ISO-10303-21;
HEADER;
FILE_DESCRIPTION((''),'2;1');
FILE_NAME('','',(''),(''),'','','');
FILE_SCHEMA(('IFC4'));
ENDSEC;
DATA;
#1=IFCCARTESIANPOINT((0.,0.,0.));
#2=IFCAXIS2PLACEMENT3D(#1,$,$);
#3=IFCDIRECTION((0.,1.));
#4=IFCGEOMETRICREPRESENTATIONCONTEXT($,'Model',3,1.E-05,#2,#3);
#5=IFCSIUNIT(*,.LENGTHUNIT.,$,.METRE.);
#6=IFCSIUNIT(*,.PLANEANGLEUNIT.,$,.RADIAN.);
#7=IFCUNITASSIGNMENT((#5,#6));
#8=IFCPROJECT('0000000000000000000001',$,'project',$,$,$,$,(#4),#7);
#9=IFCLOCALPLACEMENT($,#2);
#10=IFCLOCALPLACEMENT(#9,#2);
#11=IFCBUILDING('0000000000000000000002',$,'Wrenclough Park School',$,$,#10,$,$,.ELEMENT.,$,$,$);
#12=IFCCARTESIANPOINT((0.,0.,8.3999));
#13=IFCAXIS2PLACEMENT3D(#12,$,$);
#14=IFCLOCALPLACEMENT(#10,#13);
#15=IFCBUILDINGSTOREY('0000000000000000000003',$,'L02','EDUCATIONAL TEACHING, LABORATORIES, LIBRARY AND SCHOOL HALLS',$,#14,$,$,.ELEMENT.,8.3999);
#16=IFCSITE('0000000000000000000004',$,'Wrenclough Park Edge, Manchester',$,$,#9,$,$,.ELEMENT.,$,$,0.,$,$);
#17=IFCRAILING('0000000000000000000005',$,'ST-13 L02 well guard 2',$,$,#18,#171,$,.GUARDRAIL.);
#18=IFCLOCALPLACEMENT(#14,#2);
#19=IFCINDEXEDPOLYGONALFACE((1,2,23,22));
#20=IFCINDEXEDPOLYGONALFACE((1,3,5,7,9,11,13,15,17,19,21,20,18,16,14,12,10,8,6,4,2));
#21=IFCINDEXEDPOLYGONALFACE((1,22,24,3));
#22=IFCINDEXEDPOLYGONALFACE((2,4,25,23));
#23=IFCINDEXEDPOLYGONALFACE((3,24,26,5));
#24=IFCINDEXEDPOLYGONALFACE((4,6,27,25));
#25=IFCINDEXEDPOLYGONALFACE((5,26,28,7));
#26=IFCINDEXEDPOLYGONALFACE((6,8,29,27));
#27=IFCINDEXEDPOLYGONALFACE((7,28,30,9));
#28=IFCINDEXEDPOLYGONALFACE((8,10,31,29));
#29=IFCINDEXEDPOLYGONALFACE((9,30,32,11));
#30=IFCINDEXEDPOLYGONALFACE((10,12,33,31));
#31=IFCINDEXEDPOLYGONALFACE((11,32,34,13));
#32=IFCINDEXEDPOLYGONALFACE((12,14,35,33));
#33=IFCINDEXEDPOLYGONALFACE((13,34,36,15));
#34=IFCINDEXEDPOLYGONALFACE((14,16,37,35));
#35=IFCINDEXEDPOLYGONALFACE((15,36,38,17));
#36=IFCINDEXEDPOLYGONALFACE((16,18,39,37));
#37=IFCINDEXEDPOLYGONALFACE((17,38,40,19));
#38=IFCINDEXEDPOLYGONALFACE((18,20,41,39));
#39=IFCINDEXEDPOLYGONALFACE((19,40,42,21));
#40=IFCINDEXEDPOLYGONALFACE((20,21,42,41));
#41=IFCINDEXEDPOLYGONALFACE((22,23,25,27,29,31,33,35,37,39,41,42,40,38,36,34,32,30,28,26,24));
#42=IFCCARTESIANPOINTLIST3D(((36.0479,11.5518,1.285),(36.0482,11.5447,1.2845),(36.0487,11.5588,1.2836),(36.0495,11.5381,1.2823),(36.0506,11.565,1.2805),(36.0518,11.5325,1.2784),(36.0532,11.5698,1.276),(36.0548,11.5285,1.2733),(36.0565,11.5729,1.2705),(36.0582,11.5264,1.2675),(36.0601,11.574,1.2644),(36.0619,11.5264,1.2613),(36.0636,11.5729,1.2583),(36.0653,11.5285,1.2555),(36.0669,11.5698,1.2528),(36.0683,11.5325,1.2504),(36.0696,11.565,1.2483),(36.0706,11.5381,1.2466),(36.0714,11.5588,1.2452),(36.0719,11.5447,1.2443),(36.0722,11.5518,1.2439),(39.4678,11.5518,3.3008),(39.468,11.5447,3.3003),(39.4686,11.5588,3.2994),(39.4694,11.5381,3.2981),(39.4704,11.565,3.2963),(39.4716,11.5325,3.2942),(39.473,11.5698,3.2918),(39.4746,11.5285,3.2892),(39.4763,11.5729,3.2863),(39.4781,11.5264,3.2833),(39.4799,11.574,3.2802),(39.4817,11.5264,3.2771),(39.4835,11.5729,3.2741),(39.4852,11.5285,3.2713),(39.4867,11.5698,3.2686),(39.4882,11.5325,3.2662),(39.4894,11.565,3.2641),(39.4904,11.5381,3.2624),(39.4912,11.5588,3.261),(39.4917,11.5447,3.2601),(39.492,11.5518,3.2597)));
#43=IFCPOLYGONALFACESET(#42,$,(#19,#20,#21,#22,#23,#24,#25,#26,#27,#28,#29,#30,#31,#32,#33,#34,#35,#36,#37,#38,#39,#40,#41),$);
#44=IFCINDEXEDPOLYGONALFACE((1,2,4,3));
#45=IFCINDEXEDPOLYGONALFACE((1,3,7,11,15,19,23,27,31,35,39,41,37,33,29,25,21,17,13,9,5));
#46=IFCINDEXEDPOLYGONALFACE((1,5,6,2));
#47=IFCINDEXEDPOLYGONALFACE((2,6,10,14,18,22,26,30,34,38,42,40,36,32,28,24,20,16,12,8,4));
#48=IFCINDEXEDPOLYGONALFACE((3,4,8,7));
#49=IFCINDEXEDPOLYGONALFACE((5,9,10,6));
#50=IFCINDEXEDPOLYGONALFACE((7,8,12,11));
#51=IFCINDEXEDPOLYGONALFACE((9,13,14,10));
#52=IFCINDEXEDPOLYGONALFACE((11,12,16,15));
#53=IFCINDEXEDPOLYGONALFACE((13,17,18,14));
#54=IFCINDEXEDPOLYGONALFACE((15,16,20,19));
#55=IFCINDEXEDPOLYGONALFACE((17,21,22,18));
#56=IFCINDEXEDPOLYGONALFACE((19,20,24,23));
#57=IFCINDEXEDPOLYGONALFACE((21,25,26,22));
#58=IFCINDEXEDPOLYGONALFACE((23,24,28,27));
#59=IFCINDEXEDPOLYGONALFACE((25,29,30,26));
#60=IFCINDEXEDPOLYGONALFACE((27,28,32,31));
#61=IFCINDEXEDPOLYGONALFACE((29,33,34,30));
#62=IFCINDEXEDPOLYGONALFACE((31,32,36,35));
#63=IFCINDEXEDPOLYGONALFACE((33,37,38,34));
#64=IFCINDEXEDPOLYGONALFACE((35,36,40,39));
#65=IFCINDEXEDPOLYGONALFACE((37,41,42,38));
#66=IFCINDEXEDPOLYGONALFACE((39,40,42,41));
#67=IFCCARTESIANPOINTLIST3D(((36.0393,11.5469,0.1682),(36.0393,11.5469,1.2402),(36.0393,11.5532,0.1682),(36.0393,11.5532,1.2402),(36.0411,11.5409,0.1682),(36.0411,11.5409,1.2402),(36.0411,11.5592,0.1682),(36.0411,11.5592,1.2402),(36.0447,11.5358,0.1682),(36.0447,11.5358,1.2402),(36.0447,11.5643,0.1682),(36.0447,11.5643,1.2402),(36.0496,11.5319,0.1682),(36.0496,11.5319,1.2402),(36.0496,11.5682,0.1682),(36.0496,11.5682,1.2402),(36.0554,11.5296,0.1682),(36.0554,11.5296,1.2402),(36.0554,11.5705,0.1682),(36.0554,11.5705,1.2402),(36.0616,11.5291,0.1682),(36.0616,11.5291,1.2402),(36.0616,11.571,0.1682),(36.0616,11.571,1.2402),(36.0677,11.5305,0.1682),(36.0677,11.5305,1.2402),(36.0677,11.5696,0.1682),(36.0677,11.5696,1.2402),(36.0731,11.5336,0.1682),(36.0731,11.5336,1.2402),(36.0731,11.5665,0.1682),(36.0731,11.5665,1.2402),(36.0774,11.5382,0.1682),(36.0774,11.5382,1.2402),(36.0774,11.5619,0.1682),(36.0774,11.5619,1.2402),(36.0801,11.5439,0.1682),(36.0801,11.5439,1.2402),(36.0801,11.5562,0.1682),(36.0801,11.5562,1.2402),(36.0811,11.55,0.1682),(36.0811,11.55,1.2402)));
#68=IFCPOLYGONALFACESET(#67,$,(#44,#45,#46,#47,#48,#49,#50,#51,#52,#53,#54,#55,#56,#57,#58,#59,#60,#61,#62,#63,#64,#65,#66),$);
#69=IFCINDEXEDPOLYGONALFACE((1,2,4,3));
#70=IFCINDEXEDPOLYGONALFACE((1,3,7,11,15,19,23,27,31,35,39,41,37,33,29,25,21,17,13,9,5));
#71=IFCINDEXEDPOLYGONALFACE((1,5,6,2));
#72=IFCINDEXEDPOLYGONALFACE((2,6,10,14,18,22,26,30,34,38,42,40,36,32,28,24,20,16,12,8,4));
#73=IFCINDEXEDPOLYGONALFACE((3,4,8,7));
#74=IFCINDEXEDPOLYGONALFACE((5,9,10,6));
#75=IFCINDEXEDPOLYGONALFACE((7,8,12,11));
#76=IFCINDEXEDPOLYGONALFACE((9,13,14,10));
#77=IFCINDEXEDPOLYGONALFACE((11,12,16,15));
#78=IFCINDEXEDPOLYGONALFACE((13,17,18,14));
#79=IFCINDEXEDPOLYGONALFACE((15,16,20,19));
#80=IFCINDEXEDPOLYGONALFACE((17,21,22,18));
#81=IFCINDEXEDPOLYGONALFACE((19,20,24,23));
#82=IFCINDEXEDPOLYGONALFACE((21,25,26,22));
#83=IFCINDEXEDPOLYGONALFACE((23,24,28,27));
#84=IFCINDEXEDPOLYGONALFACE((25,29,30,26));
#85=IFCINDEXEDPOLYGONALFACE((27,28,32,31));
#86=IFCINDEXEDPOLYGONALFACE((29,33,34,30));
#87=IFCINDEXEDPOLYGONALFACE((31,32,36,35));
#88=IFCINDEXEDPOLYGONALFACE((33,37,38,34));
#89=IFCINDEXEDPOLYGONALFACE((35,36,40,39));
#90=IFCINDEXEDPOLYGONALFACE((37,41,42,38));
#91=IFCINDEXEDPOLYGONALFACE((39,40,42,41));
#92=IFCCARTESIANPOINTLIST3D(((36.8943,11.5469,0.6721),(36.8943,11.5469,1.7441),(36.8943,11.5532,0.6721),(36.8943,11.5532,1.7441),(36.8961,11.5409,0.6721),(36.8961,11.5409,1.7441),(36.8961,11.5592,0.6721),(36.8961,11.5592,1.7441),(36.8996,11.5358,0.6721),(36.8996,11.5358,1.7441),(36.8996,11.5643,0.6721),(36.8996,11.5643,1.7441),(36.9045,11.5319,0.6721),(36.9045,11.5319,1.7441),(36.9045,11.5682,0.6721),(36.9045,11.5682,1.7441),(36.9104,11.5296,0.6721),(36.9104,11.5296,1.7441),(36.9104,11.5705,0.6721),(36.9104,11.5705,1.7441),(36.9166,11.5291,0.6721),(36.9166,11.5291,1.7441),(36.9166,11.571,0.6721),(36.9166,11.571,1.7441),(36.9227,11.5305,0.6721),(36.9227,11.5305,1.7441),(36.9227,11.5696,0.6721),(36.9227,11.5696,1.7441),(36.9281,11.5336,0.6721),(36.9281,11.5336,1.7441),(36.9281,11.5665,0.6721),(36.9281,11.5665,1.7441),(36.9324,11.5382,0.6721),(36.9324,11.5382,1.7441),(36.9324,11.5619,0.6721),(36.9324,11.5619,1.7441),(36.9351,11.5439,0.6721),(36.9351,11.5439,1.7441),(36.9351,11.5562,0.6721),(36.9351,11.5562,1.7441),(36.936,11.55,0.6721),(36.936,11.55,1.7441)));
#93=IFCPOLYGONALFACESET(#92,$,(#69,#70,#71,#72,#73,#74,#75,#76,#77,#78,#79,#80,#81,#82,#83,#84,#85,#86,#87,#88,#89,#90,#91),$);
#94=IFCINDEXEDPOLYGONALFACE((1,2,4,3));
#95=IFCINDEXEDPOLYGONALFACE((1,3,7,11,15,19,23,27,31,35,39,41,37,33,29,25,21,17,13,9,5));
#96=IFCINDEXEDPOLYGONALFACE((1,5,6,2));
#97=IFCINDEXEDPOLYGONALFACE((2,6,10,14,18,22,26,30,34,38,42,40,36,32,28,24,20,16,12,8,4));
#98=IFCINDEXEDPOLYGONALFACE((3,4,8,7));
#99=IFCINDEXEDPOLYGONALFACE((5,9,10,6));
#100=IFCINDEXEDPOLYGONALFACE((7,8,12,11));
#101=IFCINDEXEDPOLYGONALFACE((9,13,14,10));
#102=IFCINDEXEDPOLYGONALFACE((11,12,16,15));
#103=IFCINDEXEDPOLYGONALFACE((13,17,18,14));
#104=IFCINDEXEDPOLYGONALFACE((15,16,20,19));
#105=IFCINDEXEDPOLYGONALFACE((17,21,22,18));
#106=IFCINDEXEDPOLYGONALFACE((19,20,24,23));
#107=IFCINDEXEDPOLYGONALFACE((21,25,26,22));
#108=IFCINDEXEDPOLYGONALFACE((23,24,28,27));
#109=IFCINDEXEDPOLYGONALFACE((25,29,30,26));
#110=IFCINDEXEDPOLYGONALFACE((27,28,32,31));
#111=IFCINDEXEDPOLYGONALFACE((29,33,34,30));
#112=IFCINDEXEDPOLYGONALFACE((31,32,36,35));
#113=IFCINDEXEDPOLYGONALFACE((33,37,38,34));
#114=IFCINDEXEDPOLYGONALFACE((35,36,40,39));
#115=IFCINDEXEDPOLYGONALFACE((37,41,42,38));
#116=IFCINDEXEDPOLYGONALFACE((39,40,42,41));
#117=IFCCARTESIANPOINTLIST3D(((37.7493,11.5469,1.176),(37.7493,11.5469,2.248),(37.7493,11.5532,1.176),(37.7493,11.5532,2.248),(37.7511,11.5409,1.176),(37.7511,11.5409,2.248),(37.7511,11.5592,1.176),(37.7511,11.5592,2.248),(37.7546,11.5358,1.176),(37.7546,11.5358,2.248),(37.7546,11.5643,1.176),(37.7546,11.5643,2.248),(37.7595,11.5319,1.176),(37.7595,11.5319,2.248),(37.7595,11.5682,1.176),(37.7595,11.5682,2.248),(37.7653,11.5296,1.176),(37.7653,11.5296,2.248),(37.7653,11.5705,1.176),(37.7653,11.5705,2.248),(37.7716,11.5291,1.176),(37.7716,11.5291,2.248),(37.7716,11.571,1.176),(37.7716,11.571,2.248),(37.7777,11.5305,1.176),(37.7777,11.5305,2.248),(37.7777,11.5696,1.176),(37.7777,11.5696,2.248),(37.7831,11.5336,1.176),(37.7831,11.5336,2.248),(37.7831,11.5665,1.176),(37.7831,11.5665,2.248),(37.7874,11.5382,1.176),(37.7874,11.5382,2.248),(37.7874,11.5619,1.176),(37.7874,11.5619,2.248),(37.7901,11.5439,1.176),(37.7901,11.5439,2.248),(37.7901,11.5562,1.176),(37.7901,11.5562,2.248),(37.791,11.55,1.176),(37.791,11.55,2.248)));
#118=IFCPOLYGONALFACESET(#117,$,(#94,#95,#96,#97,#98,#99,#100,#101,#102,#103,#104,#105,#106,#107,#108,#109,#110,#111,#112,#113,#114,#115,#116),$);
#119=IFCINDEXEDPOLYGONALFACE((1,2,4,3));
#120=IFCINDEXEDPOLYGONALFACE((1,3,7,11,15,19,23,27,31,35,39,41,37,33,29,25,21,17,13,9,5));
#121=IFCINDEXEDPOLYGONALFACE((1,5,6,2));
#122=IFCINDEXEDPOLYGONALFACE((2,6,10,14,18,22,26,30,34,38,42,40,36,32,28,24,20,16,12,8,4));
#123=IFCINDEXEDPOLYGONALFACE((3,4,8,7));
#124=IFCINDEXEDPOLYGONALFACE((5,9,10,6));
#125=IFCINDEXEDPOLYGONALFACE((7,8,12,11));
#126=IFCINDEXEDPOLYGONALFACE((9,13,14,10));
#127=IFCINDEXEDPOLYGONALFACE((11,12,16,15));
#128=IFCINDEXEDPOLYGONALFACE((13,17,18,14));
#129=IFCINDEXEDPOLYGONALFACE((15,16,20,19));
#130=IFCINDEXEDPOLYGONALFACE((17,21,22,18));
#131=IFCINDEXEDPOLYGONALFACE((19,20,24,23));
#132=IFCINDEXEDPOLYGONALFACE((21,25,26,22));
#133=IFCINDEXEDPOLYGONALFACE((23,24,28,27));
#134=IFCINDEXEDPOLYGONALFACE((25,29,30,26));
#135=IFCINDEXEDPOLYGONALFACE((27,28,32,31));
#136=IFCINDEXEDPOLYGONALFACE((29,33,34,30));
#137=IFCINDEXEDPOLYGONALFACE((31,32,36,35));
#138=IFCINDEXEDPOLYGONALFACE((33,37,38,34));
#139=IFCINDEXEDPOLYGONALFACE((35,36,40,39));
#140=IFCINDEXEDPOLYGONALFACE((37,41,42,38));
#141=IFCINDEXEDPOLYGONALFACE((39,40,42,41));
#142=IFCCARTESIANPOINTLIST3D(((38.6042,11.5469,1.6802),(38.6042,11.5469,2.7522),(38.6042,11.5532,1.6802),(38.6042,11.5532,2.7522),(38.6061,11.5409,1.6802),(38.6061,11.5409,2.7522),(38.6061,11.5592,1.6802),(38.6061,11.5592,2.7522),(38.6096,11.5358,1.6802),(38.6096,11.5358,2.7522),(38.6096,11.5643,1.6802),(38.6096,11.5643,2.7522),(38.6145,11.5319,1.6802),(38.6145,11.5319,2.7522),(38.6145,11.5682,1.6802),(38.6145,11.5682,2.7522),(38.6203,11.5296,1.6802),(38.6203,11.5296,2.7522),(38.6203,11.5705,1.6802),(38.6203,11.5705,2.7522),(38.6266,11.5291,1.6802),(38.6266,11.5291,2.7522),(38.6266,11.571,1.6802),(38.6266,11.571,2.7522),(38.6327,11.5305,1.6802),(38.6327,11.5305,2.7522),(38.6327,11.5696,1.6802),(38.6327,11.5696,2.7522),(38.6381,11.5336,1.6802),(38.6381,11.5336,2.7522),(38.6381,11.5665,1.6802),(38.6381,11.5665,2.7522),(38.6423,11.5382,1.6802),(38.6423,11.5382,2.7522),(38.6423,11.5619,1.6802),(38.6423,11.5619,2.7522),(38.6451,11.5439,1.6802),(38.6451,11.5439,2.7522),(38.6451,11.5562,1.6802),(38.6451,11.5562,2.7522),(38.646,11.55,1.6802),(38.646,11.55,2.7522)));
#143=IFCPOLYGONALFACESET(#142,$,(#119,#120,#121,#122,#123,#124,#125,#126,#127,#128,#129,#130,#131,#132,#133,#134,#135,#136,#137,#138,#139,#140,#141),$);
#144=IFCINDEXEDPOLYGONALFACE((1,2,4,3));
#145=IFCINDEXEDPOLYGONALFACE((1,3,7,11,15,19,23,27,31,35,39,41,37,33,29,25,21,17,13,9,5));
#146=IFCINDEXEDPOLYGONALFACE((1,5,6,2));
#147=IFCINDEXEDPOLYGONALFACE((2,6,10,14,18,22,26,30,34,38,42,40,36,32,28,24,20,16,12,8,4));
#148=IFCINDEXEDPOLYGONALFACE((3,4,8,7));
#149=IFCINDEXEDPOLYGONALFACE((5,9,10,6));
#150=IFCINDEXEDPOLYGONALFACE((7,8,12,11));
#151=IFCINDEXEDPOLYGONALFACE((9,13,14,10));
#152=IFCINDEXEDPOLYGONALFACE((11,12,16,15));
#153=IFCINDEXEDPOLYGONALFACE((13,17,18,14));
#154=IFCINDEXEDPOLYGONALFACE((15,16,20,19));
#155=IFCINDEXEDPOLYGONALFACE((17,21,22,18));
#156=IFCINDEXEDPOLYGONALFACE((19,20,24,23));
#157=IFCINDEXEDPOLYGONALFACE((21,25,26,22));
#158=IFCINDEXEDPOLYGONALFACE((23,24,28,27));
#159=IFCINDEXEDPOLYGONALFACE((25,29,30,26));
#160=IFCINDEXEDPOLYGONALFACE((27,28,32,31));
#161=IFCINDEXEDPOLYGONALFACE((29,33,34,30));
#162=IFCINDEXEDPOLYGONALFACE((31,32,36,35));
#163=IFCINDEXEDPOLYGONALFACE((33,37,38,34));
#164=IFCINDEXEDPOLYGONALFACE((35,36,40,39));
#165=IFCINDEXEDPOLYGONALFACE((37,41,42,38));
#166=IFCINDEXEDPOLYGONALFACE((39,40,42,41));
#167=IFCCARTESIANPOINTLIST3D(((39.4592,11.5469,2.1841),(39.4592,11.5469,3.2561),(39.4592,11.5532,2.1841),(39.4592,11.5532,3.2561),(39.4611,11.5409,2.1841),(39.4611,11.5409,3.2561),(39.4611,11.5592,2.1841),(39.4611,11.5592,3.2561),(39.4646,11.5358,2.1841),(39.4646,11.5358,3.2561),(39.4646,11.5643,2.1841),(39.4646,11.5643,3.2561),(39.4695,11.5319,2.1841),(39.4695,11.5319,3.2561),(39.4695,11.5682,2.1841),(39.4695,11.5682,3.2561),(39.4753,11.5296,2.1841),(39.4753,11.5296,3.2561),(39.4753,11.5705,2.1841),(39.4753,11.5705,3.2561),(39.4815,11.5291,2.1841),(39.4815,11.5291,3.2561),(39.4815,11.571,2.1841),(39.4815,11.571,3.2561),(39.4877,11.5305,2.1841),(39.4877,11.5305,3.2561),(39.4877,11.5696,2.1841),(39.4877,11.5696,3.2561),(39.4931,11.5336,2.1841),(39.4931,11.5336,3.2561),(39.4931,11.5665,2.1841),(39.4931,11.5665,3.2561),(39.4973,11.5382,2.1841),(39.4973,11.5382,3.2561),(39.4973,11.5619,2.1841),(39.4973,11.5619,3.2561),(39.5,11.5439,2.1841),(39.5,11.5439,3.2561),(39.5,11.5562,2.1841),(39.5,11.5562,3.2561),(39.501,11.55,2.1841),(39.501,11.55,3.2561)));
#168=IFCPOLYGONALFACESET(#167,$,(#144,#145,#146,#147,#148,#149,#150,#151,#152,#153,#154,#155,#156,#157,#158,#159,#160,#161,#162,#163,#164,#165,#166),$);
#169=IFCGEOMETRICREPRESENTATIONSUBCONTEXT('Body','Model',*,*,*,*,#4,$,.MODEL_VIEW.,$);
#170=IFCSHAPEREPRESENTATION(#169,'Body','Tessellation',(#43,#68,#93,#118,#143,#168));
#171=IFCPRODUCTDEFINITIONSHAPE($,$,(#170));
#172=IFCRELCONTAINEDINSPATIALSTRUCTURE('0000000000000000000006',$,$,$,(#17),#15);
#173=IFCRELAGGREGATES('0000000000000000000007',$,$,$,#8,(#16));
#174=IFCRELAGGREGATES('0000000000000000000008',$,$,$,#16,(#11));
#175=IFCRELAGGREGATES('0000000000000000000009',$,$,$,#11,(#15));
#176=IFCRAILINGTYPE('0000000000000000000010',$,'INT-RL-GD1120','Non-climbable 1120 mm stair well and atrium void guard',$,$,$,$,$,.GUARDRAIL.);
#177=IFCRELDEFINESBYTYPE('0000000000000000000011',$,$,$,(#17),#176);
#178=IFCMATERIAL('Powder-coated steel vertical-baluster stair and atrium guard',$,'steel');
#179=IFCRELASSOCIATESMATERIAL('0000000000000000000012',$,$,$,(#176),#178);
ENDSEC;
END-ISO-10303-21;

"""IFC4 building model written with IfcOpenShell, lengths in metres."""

from ifc_helpers import new_model, si_unit, direction, frame, origin, origin_2d, place, context, subcontext, project, spatial, circle, extrude, material, type_object, element, save


model = new_model("IFC4")

# Units and contexts
model_context = context("Model", 3, precision=1e-05, world=origin(), true_north=direction((0.0, 1.0)))
body_context = subcontext(model_context, "Body", "Model", "MODEL_VIEW")
ifc_project = project(units=[si_unit("LENGTHUNIT", "METRE"), si_unit("PLANEANGLEUNIT", "RADIAN")], contexts=[model_context])

# Site, building, storey
site_placement = place(None, origin())
site = spatial("IfcSite", under=ifc_project, at=site_placement, Name="Wrenclough Park Edge, Manchester", CompositionType="ELEMENT", RefElevation=0.0)
building_placement = place(site_placement, origin())
building = spatial("IfcBuilding", under=site, at=building_placement, Name="Wrenclough Park School", CompositionType="ELEMENT")
storey_placement = place(building_placement, frame((0.0, 0.0, 8.3999)))
storey = spatial("IfcBuildingStorey", under=building, at=storey_placement, Name="L02", Description="EDUCATIONAL TEACHING, LABORATORIES, LIBRARY AND SCHOOL HALLS", CompositionType="ELEMENT", Elevation=8.3999)

# Railing
ifc_material_1 = material(Name="Powder-coated steel vertical-baluster stair and atrium guard", Category="steel")
railing_type_1 = type_object("IfcRailingType", Name="INT-RL-GD1120", Description="Non-climbable 1120 mm stair well and atrium void guard", PredefinedType="GUARDRAIL", material=ifc_material_1)
railing_1_placement = place(storey_placement, frame((36.0601, 11.55, 0.1682)))
element("IfcRailing", 1, at=railing_1_placement, inside=storey, type_object=railing_type_1, Name="ST-13 L02 well guard 2", PredefinedType="GUARDRAIL", context=body_context, shape_type="SweptSolid", body=[
    extrude(circle(Radius=0.0239, at=origin_2d()), frame((0.0, 0.0, 1.0962), z_axis=(0.861477, 0.0, 0.507797), x_axis=(0.0, 1.0, 0.0)), (0.0, 0.0, 1.0), 3.9697),
    extrude(circle(Radius=0.021, at=origin_2d()), origin(), (0.0, 0.0, 1.0), 1.072),
    extrude(circle(Radius=0.021, at=origin_2d()), frame((0.855, 0.0, 0.5039)), (0.0, 0.0, 1.0), 1.072),
    extrude(circle(Radius=0.021, at=origin_2d()), frame((1.71, 0.0, 1.0078)), (0.0, 0.0, 1.0), 1.072),
    extrude(circle(Radius=0.021, at=origin_2d()), frame((2.5649, 0.0, 1.512)), (0.0, 0.0, 1.0), 1.072),
    extrude(circle(Radius=0.021, at=origin_2d()), frame((3.4199, 0.0, 2.0159)), (0.0, 0.0, 1.0), 1.072),
])

save(model, "model.ifc")
